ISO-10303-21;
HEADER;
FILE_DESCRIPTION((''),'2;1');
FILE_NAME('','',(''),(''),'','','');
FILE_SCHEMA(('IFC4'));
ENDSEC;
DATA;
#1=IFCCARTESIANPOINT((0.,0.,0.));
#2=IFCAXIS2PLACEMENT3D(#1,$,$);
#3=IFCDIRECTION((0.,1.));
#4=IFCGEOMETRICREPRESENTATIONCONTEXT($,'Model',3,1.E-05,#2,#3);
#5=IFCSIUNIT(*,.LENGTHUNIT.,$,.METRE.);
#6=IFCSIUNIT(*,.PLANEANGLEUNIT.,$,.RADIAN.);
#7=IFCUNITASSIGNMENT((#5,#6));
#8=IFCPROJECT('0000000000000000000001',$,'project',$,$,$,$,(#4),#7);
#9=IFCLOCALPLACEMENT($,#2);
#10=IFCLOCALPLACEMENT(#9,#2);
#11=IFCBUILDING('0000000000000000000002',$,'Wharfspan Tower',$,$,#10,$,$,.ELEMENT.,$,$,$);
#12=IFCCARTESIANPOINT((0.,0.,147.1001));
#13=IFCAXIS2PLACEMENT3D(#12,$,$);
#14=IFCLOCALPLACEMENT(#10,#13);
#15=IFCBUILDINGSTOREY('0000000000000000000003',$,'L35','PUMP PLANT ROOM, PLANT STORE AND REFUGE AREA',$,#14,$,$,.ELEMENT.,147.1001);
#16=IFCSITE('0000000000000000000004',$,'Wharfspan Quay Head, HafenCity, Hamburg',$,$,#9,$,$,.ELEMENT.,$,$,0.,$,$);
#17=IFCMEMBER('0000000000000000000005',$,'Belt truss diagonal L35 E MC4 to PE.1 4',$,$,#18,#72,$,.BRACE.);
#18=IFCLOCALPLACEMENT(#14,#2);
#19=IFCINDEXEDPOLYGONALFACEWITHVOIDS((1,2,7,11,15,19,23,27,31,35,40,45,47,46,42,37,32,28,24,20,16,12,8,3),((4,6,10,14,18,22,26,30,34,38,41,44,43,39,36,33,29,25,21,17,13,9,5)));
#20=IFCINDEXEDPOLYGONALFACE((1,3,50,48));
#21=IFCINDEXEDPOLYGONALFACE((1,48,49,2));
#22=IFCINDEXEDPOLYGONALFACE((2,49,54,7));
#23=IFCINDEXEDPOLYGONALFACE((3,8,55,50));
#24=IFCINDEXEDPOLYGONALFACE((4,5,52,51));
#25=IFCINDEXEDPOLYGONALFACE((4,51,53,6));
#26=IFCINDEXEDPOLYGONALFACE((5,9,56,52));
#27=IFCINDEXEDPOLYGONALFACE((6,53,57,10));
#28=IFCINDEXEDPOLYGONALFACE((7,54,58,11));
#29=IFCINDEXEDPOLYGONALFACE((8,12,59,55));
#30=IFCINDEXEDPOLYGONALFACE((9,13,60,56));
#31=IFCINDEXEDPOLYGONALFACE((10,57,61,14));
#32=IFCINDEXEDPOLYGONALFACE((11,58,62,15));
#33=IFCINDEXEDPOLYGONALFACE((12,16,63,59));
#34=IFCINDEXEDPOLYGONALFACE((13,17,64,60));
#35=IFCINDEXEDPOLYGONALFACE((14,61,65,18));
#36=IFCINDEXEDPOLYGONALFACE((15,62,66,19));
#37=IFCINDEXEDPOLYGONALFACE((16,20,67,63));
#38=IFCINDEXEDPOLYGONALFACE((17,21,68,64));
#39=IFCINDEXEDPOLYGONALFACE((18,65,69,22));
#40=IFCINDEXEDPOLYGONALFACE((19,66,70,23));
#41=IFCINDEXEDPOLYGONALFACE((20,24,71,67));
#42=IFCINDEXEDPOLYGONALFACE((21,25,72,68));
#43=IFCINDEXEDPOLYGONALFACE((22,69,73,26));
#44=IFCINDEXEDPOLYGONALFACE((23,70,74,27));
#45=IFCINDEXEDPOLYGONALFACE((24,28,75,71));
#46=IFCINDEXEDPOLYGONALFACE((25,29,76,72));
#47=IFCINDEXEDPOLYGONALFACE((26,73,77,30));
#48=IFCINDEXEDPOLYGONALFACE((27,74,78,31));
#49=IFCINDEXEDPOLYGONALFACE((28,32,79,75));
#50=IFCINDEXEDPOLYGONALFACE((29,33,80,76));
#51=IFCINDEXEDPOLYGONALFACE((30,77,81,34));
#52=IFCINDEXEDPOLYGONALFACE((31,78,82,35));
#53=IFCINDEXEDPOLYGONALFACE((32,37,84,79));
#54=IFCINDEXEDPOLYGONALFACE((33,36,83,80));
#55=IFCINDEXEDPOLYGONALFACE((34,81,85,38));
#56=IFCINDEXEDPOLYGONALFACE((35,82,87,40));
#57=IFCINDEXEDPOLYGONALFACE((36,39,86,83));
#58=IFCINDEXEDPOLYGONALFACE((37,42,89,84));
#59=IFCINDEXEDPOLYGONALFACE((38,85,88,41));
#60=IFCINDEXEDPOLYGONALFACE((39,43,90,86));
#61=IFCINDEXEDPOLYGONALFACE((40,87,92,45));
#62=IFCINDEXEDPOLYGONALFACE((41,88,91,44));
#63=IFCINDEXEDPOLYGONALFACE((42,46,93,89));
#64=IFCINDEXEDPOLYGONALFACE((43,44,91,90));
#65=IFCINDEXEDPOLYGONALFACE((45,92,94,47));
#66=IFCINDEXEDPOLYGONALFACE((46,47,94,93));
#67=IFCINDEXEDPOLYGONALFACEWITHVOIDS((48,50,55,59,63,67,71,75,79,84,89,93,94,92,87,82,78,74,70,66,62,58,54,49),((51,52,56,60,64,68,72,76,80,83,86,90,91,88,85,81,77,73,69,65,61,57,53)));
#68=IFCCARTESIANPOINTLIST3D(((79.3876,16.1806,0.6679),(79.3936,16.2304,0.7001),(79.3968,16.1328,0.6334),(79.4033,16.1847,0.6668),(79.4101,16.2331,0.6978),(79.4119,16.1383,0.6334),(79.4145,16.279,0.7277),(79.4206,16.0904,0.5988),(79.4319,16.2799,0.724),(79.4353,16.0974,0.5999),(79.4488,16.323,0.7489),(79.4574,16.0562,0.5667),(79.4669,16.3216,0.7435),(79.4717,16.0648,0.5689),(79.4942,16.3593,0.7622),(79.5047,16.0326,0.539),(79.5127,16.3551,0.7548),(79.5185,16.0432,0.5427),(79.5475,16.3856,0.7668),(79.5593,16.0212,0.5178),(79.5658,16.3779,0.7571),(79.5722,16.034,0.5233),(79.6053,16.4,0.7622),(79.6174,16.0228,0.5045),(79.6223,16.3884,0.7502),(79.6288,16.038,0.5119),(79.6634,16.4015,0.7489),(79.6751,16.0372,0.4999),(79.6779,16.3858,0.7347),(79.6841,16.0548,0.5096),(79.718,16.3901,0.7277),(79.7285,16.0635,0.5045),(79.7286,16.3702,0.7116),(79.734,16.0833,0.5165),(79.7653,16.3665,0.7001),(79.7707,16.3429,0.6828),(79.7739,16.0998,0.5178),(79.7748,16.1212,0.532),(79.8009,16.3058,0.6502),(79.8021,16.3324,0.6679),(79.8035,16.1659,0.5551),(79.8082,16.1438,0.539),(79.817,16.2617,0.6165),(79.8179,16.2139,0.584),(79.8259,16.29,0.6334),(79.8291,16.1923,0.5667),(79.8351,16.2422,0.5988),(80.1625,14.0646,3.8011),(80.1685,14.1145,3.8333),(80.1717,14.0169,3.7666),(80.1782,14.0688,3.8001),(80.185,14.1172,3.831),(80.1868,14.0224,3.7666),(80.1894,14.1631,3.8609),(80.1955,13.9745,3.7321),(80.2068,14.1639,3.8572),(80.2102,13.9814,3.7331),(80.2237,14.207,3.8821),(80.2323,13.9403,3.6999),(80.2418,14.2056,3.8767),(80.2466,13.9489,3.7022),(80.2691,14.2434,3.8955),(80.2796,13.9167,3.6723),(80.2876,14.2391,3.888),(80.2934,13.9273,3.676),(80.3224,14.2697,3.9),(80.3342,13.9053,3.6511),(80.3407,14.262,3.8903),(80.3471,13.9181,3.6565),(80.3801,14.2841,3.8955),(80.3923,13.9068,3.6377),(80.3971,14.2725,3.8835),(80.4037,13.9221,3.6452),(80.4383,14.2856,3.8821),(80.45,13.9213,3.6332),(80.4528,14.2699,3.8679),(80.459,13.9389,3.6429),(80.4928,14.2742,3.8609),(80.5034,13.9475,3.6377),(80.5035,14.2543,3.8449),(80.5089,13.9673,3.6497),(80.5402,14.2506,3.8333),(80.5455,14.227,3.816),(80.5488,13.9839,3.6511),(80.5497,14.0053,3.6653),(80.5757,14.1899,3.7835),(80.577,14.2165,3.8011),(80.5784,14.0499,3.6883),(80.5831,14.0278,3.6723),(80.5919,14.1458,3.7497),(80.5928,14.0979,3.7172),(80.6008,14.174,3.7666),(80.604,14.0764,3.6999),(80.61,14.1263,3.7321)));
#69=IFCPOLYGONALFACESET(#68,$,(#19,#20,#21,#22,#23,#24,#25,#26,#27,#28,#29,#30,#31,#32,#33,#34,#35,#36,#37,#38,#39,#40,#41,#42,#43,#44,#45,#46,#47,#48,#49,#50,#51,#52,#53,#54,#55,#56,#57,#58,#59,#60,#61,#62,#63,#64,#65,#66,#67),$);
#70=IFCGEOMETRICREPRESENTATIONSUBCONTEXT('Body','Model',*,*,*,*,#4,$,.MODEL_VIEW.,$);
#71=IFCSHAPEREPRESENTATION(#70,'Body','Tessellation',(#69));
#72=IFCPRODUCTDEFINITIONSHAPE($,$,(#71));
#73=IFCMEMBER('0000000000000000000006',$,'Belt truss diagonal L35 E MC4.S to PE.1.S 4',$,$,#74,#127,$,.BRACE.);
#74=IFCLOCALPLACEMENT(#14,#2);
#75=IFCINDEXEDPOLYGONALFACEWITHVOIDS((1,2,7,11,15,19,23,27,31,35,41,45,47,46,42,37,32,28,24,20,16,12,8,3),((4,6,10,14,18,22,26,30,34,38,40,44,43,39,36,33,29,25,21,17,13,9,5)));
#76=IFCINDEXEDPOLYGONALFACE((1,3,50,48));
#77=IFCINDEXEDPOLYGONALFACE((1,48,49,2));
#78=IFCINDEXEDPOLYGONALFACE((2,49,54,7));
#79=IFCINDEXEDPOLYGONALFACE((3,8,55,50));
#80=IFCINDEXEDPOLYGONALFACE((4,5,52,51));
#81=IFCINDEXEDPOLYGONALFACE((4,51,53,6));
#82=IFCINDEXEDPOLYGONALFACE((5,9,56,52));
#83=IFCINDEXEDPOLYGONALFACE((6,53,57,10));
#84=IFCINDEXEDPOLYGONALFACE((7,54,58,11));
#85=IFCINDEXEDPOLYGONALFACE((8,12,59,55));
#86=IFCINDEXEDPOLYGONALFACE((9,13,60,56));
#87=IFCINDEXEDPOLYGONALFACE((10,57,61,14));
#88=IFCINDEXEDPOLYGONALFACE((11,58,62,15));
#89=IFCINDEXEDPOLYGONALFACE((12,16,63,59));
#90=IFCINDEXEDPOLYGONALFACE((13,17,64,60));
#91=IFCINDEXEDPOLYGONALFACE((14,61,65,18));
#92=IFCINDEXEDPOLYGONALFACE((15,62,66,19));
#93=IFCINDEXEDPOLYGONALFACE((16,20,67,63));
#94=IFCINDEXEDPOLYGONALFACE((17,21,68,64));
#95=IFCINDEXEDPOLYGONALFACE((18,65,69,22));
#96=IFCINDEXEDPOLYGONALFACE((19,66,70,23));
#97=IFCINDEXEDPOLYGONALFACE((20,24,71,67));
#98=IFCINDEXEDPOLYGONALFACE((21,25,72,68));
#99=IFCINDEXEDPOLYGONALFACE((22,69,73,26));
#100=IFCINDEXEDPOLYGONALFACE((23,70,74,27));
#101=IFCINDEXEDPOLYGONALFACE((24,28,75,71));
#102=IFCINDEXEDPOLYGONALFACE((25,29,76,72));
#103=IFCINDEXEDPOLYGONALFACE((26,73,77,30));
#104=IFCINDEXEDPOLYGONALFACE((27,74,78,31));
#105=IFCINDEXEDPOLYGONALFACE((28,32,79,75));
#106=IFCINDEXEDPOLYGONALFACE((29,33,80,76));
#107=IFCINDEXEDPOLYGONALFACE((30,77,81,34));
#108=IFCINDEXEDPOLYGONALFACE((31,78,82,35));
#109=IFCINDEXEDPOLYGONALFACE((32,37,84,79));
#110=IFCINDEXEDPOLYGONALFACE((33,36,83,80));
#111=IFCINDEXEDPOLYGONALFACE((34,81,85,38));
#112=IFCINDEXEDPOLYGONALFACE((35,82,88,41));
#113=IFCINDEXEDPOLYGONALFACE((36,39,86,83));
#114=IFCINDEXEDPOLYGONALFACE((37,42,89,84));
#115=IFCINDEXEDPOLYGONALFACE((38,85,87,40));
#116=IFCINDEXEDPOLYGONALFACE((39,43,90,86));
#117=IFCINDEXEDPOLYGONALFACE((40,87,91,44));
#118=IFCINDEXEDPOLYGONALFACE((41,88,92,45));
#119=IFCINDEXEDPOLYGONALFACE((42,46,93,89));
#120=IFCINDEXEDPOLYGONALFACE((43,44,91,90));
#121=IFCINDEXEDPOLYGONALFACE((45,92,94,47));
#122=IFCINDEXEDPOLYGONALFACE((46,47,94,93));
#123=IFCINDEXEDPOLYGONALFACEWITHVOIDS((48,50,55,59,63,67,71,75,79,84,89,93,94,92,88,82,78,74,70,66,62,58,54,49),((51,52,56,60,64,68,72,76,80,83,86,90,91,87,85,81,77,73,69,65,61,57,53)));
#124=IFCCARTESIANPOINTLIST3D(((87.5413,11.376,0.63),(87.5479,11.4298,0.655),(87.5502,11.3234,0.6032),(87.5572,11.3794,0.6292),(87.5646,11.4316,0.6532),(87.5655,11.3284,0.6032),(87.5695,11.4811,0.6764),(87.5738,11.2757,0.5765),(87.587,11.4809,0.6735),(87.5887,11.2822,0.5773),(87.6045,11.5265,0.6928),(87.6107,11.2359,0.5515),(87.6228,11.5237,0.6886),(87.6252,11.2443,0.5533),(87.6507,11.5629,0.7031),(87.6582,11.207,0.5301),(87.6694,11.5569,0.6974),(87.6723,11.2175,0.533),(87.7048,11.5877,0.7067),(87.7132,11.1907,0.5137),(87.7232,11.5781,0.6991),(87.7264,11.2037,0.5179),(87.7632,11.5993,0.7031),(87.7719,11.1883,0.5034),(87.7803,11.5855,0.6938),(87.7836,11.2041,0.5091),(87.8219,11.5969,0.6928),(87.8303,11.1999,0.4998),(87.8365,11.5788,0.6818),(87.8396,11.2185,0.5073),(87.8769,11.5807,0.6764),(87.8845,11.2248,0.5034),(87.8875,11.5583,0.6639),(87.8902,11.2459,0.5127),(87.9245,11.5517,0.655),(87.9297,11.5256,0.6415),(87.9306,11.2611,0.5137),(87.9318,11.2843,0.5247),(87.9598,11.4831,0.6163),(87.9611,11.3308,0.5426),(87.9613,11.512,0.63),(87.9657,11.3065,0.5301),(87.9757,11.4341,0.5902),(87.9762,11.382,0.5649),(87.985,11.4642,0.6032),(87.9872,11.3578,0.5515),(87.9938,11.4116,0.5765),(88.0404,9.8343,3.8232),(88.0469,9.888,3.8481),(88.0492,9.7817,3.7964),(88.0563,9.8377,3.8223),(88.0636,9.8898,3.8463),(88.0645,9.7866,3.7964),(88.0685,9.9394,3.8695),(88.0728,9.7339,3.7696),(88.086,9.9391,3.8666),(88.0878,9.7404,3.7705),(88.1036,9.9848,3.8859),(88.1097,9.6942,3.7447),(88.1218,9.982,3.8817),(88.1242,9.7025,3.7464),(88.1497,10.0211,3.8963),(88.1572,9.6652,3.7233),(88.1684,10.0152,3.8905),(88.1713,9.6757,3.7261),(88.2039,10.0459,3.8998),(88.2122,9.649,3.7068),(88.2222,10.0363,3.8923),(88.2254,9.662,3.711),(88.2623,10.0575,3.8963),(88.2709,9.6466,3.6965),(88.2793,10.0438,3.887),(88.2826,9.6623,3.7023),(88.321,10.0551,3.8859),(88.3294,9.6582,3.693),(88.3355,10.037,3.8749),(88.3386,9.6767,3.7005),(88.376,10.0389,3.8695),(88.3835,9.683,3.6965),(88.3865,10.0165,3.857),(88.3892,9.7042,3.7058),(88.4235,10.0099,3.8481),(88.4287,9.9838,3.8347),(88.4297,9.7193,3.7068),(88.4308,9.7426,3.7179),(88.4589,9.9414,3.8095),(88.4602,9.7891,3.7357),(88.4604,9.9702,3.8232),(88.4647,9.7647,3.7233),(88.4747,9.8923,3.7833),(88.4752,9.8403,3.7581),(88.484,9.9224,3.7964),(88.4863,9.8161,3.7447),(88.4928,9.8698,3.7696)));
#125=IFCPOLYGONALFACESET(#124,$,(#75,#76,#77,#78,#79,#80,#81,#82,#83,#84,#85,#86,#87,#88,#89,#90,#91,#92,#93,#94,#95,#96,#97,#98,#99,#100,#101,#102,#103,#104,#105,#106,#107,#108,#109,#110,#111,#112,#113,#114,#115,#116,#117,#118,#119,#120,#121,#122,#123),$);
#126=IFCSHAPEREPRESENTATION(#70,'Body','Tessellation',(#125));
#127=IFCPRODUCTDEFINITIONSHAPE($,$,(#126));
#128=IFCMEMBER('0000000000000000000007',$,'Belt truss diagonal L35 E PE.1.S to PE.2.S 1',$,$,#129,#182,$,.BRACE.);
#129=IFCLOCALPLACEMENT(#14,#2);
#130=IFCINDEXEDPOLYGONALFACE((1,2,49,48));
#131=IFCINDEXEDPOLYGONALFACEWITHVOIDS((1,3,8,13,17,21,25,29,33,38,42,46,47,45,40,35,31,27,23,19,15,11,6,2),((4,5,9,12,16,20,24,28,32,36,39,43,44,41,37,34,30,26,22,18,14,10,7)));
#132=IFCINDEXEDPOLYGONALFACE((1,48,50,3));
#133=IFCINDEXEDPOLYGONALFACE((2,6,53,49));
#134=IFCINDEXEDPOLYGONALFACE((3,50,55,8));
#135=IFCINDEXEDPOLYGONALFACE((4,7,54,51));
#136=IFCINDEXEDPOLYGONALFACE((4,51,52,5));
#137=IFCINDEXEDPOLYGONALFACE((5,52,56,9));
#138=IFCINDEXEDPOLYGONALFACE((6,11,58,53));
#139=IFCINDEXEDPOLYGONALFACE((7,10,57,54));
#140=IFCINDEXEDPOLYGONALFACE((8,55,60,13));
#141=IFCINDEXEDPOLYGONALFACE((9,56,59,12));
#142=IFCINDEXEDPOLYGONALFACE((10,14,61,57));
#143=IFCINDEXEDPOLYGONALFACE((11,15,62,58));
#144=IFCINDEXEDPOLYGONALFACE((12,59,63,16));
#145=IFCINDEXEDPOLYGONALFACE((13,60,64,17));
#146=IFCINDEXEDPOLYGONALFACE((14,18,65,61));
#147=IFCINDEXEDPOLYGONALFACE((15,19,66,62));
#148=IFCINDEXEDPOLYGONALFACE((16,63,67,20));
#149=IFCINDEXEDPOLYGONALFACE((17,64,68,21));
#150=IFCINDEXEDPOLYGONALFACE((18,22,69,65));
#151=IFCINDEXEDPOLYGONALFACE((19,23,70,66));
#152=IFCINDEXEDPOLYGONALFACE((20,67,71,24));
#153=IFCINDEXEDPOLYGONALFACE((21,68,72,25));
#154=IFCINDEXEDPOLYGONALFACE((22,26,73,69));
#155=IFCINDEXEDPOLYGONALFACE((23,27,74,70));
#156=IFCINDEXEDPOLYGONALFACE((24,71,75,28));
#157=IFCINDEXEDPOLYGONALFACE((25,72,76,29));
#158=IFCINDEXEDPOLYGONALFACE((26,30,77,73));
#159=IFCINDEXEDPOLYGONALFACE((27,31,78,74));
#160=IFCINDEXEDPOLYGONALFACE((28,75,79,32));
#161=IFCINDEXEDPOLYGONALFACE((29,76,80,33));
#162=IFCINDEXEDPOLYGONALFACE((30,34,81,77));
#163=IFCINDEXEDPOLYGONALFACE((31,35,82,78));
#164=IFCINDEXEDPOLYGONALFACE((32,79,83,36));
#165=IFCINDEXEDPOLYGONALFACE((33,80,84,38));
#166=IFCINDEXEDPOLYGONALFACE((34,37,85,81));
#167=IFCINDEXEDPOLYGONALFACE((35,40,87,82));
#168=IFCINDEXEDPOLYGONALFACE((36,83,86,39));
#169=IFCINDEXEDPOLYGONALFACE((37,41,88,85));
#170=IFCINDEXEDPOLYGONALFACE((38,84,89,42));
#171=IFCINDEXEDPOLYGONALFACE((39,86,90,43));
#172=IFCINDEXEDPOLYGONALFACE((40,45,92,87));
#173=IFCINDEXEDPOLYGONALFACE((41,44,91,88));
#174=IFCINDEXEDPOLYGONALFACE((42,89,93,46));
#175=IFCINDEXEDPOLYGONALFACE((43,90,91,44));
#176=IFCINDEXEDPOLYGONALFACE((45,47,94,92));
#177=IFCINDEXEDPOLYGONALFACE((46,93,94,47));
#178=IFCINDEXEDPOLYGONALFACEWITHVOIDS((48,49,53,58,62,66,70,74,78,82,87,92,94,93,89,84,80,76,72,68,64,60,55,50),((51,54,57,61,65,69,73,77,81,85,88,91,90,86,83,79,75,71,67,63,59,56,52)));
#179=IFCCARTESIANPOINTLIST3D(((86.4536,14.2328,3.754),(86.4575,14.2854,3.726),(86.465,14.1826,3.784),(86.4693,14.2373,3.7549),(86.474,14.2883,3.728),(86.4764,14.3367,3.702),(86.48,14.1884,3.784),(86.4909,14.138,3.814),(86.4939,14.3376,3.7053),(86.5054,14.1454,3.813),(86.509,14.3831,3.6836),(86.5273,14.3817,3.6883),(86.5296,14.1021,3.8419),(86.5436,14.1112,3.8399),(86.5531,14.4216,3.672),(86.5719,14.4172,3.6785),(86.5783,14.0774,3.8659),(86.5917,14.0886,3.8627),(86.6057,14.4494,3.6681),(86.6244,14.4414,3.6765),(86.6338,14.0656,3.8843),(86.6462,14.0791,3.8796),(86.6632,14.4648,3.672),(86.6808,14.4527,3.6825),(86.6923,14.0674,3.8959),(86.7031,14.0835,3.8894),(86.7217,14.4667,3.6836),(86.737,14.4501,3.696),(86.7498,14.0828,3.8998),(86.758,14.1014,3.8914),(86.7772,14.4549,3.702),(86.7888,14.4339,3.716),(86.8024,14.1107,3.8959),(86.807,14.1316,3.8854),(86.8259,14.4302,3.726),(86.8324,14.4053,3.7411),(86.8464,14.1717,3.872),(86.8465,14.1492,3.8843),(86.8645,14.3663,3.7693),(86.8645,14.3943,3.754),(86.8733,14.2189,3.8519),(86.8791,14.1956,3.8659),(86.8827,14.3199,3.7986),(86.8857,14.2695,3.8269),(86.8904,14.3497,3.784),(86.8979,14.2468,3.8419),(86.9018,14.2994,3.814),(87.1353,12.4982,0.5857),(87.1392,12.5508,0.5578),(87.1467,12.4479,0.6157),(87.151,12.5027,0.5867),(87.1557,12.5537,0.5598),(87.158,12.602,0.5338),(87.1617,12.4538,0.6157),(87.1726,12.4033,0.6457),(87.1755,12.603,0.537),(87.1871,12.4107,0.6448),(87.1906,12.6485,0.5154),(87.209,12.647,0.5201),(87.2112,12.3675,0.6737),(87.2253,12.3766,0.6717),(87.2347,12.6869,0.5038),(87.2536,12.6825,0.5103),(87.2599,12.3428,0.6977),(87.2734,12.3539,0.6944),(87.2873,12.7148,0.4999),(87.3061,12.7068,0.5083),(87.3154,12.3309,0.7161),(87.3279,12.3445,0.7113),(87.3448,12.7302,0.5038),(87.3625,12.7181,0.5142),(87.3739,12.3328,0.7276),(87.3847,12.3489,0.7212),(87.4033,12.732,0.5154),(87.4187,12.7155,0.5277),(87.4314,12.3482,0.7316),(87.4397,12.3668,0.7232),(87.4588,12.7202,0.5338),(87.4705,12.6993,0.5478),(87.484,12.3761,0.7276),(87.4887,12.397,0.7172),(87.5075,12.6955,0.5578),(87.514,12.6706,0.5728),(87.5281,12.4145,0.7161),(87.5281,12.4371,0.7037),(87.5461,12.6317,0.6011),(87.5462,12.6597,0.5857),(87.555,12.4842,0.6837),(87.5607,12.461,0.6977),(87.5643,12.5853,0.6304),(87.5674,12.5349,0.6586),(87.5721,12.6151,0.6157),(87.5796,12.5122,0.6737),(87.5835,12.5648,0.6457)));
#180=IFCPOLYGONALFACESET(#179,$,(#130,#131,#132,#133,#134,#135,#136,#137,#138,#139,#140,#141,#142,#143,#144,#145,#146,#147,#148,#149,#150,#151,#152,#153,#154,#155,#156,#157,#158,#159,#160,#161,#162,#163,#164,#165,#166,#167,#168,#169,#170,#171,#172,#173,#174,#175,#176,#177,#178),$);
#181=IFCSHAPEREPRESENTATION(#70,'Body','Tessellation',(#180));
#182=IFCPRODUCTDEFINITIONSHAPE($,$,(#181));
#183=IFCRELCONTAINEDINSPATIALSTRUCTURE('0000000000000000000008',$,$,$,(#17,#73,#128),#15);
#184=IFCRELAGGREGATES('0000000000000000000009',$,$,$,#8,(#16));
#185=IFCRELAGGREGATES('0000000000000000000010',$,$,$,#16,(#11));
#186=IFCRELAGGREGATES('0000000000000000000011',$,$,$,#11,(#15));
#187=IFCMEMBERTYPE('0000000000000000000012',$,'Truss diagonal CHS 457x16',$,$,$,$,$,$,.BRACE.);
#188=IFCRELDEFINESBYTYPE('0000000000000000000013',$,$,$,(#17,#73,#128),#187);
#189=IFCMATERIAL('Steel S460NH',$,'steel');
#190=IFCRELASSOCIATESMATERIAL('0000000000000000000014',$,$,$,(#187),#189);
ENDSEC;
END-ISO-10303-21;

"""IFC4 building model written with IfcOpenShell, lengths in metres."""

from ifc_helpers import new_model, si_unit, direction, frame, origin, origin_2d, place, context, subcontext, project, spatial, hollow_circle, extrude, material, material_profile, profile_set, type_object, element, save


model = new_model("IFC4")

# Units and contexts
model_context = context("Model", 3, precision=1e-05, world=origin(), true_north=direction((0.0, 1.0)))
body_context = subcontext(model_context, "Body", "Model", "MODEL_VIEW")
ifc_project = project(units=[si_unit("LENGTHUNIT", "METRE"), si_unit("PLANEANGLEUNIT", "RADIAN")], contexts=[model_context])

# Site, building, storey
site_placement = place(None, origin())
site = spatial("IfcSite", under=ifc_project, at=site_placement, Name="Wharfspan Quay Head, HafenCity, Hamburg", CompositionType="ELEMENT", RefElevation=0.0)
building_placement = place(site_placement, origin())
building = spatial("IfcBuilding", under=site, at=building_placement, Name="Wharfspan Tower", CompositionType="ELEMENT")
storey_placement = place(building_placement, frame((0.0, 0.0, 147.1001)))
storey = spatial("IfcBuildingStorey", under=building, at=storey_placement, Name="L35", Description="PUMP PLANT ROOM, PLANT STORE AND REFUGE AREA", CompositionType="ELEMENT", Elevation=147.1001)

# Members
ifc_material_1 = material(Name="Steel S460NH", Category="steel")
ifc_material_profile_1 = material_profile(ifc_material_1, hollow_circle(Radius=0.2285, WallThickness=0.0161, at=origin_2d()))
ifc_profile_set_1 = profile_set([ifc_material_profile_1], Name="Steel S460NH")
member_type_1 = type_object("IfcMemberType", Name="Truss diagonal CHS 457x16", PredefinedType="BRACE", material=ifc_profile_set_1)
for number, where, z_axis, x_axis, name in (
    (1, (80.3862, 14.0955, 3.7666), (-0.20078, 0.548256, -0.811851), (-0.939016, -0.343881, 0.000001), "Belt truss diagonal L35 E MC4 to PE.1 4"),
):
    element("IfcMember", number, at=place(storey_placement, frame(where, z_axis=z_axis, x_axis=x_axis)), inside=storey, type_object=member_type_1, Name=name, PredefinedType="BRACE", context=body_context, shape_type="SweptSolid", body=[
        extrude(hollow_circle(Radius=0.2285, WallThickness=0.0161, at=origin_2d()), origin(), (0.0, 0.0, 1.0), 3.8594),
    ])
member_1_placement = place(storey_placement, frame((88.2666, 9.8521, 3.7964), z_axis=(-0.139362, 0.430562, -0.891737), x_axis=(-0.951406, -0.307946, 0.0)))
element("IfcMember", 2, at=member_1_placement, inside=storey, type_object=member_type_1, Name="Belt truss diagonal L35 E MC4.S to PE.1.S 4", PredefinedType="BRACE", context=body_context, shape_type="SweptSolid", body=[
    extrude(hollow_circle(Radius=0.2285, WallThickness=0.0161, at=origin_2d()), origin(), (0.0, 0.0, 1.0), 3.5808),
])
member_2_placement = place(storey_placement, frame((87.3594, 12.5315, 0.6157), z_axis=(-0.185443, 0.471909, 0.861924), x_axis=(-0.930715, -0.365737, 0.0)))
element("IfcMember", 3, at=member_2_placement, inside=storey, type_object=member_type_1, Name="Belt truss diagonal L35 E PE.1.S to PE.2.S 1", PredefinedType="BRACE", context=body_context, shape_type="SweptSolid", body=[
    extrude(hollow_circle(Radius=0.2285, WallThickness=0.0161, at=origin_2d()), origin(), (0.0, 0.0, 1.0), 3.6758),
])

save(model, "model.ifc")
